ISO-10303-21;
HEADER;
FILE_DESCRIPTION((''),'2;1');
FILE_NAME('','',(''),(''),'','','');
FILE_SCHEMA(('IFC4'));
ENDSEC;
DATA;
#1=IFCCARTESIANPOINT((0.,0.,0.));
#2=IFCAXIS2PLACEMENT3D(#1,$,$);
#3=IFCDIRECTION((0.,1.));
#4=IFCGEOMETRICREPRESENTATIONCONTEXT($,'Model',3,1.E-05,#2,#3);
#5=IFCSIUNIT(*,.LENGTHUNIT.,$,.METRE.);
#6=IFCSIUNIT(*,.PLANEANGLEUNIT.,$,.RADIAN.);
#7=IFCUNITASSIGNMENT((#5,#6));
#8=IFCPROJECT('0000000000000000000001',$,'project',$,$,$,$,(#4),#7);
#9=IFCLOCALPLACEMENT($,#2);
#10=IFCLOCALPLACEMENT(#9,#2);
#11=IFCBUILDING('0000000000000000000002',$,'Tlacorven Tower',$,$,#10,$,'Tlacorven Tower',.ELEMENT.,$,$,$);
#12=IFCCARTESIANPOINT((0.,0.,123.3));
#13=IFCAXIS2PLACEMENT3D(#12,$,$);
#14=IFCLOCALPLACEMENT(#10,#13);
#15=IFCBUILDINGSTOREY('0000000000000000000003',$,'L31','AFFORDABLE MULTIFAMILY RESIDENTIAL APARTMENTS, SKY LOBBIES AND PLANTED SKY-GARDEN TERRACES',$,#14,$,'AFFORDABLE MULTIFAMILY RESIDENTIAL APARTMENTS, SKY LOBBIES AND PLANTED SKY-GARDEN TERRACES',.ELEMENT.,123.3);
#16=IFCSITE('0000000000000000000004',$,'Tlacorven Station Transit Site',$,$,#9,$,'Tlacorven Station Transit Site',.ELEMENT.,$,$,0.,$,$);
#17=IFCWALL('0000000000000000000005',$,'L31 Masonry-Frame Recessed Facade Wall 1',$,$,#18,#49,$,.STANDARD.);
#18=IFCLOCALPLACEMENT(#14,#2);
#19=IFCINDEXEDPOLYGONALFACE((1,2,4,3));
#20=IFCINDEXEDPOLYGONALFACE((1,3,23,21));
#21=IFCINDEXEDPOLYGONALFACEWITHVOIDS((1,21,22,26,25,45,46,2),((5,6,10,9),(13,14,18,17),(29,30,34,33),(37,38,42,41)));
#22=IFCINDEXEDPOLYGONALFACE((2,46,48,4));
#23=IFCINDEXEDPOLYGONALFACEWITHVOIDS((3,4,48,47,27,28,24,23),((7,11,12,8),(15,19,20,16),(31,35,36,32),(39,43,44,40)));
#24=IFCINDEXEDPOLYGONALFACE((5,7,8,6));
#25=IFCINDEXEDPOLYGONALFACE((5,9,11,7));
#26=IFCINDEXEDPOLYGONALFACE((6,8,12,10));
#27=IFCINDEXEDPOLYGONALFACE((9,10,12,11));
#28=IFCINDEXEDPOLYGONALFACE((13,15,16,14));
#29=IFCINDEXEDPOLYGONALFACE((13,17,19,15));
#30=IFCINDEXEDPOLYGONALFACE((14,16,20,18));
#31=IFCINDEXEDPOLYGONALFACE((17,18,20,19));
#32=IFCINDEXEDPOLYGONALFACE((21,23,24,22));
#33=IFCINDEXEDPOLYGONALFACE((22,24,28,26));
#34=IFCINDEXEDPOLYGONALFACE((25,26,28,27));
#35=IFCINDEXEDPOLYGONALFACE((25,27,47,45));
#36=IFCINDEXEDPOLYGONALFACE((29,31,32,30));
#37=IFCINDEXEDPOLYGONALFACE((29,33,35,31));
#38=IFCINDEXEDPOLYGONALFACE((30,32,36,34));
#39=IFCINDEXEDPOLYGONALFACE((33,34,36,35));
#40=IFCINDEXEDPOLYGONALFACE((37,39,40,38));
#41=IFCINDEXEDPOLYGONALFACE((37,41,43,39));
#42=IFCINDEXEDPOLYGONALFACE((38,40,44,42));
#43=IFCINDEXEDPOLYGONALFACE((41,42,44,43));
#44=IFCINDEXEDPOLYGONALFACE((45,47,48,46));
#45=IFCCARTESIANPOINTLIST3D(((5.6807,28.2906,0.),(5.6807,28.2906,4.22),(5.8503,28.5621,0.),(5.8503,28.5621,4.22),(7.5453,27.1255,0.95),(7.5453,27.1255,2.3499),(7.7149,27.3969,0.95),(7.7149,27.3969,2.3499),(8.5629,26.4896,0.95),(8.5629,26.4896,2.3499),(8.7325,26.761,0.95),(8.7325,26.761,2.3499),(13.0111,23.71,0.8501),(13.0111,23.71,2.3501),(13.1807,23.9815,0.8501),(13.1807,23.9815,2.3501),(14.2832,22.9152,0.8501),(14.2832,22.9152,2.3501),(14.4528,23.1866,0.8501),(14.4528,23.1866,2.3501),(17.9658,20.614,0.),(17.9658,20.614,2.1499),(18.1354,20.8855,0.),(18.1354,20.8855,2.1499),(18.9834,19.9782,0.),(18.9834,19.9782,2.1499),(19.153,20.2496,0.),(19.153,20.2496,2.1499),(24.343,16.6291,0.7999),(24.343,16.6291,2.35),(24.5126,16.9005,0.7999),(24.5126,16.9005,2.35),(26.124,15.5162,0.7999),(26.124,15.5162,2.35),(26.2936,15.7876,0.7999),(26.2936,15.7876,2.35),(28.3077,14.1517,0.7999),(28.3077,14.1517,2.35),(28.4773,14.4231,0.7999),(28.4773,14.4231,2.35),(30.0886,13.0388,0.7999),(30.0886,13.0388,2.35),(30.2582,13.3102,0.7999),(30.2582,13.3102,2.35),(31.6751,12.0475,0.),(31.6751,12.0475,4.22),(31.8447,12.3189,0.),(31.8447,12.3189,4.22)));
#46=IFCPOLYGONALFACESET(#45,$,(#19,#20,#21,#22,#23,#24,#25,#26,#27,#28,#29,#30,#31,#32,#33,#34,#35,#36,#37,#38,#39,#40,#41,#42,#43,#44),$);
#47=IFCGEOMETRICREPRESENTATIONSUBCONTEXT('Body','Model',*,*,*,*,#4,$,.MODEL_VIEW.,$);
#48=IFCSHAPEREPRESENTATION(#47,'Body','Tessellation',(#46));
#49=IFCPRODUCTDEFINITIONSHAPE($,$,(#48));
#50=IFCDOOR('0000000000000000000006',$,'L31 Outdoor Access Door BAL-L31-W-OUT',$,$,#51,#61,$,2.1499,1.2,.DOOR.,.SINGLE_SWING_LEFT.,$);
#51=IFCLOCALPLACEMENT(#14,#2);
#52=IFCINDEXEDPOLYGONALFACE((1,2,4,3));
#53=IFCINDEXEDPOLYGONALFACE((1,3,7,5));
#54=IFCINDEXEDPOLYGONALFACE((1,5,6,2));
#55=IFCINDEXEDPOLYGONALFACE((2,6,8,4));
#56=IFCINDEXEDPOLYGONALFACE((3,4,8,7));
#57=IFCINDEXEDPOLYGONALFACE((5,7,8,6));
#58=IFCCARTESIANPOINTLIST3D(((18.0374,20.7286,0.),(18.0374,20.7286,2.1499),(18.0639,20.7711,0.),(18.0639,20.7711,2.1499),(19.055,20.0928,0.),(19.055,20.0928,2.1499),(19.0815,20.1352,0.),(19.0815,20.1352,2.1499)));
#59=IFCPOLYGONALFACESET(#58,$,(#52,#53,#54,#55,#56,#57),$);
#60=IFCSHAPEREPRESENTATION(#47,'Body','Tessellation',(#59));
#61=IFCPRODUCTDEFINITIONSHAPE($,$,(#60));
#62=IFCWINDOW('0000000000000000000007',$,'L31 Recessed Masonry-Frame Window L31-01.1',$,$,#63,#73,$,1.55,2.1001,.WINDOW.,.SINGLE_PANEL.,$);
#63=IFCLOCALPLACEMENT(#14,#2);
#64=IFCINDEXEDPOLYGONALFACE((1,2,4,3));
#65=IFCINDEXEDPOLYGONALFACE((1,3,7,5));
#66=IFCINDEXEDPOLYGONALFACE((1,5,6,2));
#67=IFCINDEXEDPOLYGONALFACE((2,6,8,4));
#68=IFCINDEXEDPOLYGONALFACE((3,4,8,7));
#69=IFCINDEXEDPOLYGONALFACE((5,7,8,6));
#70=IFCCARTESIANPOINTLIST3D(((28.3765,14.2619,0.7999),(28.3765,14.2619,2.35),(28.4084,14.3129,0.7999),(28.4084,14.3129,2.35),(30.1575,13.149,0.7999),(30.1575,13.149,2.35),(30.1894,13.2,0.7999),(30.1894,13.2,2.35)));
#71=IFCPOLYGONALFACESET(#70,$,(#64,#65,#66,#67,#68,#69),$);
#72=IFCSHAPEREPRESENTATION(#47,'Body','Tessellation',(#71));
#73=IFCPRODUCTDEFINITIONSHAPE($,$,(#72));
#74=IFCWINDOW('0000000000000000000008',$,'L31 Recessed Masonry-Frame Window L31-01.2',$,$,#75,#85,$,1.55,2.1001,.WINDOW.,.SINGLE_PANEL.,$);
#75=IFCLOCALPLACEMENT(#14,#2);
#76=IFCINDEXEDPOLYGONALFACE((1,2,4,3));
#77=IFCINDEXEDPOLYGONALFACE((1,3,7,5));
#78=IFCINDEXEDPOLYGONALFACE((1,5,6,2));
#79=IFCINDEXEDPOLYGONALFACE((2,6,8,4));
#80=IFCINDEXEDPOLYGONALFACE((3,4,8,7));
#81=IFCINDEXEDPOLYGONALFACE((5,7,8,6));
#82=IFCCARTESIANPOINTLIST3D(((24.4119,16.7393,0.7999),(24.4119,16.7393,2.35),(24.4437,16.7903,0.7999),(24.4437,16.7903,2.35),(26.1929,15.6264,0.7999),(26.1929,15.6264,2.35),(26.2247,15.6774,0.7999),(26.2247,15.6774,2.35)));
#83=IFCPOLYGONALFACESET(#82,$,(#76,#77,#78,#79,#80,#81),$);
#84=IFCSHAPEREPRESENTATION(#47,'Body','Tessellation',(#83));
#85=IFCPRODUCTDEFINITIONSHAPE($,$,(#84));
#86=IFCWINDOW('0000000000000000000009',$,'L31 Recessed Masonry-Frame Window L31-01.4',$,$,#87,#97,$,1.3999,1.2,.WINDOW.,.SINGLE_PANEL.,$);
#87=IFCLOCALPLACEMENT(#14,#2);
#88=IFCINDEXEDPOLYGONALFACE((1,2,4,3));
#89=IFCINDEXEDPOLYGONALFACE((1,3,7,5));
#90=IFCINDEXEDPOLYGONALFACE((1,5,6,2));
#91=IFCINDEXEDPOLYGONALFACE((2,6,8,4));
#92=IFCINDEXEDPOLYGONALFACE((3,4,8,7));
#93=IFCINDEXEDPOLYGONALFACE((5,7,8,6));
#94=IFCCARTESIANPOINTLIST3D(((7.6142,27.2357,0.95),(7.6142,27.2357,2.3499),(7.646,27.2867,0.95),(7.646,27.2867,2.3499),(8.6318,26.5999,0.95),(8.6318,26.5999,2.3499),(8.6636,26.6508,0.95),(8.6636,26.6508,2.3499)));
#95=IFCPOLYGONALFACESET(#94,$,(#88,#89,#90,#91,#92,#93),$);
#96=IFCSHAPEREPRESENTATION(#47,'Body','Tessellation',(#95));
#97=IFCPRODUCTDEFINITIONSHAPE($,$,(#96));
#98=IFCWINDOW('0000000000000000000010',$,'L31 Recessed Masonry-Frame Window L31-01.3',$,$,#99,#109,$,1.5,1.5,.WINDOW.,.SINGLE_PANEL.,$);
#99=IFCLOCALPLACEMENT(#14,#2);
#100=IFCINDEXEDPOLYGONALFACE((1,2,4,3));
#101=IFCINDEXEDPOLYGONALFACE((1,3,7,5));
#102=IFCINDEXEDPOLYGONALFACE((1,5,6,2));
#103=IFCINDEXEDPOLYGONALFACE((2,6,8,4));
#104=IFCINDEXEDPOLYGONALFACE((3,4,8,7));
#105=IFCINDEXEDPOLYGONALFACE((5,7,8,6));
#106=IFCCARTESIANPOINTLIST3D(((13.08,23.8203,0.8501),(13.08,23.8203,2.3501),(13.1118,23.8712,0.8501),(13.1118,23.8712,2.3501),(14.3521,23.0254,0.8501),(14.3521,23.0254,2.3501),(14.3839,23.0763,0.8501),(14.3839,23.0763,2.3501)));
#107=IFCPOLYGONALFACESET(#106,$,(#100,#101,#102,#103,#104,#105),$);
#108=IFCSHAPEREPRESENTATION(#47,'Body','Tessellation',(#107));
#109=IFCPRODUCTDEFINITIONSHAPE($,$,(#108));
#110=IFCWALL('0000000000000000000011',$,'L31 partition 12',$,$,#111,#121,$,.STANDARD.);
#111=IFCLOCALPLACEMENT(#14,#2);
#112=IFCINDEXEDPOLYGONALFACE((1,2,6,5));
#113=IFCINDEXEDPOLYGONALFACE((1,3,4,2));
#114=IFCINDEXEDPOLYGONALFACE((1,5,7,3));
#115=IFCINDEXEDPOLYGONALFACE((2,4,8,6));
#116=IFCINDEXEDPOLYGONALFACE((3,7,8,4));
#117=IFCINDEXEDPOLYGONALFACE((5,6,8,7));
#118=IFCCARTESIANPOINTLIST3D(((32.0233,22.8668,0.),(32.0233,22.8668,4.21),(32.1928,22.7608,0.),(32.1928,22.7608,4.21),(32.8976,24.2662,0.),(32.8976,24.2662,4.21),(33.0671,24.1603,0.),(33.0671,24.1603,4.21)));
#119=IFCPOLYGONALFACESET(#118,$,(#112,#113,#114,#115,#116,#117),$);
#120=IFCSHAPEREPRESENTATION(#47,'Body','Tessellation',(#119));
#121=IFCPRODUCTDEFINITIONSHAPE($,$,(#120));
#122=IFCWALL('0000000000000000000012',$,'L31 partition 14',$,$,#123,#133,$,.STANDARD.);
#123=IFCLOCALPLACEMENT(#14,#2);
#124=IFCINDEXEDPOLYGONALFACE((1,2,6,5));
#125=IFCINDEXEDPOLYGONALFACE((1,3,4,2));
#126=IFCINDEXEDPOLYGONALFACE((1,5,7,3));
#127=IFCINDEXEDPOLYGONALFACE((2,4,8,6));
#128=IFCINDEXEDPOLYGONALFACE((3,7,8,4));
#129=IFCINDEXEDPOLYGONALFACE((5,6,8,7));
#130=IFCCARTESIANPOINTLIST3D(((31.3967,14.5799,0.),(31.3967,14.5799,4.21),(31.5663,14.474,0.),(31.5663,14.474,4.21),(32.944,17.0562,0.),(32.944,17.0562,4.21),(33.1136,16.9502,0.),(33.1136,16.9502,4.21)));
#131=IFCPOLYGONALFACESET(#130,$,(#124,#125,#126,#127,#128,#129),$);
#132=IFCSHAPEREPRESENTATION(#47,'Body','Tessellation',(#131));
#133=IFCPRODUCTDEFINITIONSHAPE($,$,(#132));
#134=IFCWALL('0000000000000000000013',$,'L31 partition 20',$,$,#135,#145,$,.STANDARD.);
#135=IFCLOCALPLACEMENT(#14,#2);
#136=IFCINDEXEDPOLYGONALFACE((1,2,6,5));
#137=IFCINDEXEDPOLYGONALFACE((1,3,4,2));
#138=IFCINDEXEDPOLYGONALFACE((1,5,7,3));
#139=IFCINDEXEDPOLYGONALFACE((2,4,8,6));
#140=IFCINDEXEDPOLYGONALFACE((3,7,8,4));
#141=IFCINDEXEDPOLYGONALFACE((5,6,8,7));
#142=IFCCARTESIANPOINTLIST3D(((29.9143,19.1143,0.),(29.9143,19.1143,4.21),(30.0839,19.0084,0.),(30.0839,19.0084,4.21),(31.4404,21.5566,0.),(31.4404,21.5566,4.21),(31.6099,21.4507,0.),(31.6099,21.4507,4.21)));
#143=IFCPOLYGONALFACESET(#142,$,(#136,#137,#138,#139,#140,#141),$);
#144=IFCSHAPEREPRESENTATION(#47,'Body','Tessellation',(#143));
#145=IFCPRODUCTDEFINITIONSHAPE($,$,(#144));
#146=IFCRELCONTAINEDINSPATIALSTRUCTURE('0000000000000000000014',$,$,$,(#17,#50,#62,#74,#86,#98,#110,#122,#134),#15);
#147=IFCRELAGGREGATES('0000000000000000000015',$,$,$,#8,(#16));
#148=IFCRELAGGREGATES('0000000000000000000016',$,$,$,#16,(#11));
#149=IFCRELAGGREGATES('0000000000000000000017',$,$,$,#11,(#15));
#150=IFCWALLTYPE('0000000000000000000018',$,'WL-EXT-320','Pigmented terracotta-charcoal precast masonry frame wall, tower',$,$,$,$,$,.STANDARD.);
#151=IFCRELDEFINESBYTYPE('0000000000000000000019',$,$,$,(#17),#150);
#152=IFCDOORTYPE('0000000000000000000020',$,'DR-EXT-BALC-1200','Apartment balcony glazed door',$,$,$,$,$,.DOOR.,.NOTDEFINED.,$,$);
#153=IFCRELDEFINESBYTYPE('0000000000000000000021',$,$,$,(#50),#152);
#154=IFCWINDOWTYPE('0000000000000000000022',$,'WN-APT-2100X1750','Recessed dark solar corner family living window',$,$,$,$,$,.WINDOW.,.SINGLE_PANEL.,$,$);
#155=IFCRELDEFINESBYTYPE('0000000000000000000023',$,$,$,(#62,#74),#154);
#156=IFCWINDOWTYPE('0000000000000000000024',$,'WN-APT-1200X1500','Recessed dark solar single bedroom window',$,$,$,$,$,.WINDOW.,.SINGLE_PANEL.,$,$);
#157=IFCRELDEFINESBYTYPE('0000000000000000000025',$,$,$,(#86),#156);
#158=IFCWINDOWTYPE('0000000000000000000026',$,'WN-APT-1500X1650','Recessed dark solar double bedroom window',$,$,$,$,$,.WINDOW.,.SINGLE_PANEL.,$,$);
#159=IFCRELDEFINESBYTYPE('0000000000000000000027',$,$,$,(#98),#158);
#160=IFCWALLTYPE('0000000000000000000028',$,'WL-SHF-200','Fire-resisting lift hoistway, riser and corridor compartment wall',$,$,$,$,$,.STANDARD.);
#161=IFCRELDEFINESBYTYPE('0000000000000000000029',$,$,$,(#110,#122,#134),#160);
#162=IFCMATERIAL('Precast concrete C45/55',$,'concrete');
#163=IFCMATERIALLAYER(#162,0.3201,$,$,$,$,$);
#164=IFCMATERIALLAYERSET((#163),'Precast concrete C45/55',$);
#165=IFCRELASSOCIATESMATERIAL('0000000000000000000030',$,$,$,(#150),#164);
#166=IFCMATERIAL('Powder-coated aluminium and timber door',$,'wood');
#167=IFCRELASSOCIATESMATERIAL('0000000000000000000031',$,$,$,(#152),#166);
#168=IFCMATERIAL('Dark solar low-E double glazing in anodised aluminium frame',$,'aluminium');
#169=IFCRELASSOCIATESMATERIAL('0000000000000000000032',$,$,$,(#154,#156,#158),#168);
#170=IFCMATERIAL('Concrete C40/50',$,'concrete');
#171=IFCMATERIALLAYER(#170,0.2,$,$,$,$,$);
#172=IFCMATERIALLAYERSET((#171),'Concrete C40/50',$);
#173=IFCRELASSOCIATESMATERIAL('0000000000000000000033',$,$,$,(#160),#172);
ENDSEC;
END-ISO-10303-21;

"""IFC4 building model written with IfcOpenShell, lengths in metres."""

from ifc_helpers import new_model, si_unit, direction, frame, frame_2d, origin, place, context, subcontext, project, spatial, rectangle, extrude, source, transform, mapped, material, layer, layer_set, type_object, element, fill, save


model = new_model("IFC4")

# Units and contexts
model_context = context("Model", 3, precision=1e-05, world=origin(), true_north=direction((0.0, 1.0)))
body_context = subcontext(model_context, "Body", "Model", "MODEL_VIEW")
ifc_project = project(units=[si_unit("LENGTHUNIT", "METRE"), si_unit("PLANEANGLEUNIT", "RADIAN")], contexts=[model_context])

# Site, building, storey
site_placement = place(None, origin())
site = spatial("IfcSite", under=ifc_project, at=site_placement, Name="Tlacorven Station Transit Site", LongName="Tlacorven Station Transit Site", CompositionType="ELEMENT", RefElevation=0.0)
building_placement = place(site_placement, origin())
building = spatial("IfcBuilding", under=site, at=building_placement, Name="Tlacorven Tower", LongName="Tlacorven Tower", CompositionType="ELEMENT")
storey_placement = place(building_placement, frame((0.0, 0.0, 123.3)))
storey = spatial("IfcBuildingStorey", under=building, at=storey_placement, Name="L31", Description="AFFORDABLE MULTIFAMILY RESIDENTIAL APARTMENTS, SKY LOBBIES AND PLANTED SKY-GARDEN TERRACES", LongName="AFFORDABLE MULTIFAMILY RESIDENTIAL APARTMENTS, SKY LOBBIES AND PLANTED SKY-GARDEN TERRACES", CompositionType="ELEMENT", Elevation=123.3)

# Wall, openings, door, windows
ifc_material_1 = material(Name="Precast concrete C45/55", Category="concrete")
ifc_layer_1 = layer(ifc_material_1, 0.3201)
ifc_layer_set_1 = layer_set([ifc_layer_1], Name="Precast concrete C45/55")
wall_type_1 = type_object("IfcWallType", Name="WL-EXT-320", Description="Pigmented terracotta-charcoal precast masonry frame wall, tower", PredefinedType="STANDARD", material=ifc_layer_set_1)
wall_1_placement = place(storey_placement, frame((31.76, 12.1831, 0.0), z_axis=(0.0, 0.0, 1.0), x_axis=(-0.848047, 0.529921, 0.0)))
wall_1 = element("IfcWall", 1, at=wall_1_placement, inside=storey, type_object=wall_type_1, Name="L31 Masonry-Frame Recessed Facade Wall 1", PredefinedType="STANDARD", context=body_context, shape_type="SweptSolid", body=[
    extrude(rectangle(XDim=30.6521, YDim=0.3201, at=frame_2d((15.3262, 0.0))), origin(), (0.0, 0.0, 1.0), 4.22),
])
opening_1_placement = place(wall_1_placement, frame((14.9658, 0.0, 0.0)))
opening_1 = element("IfcOpeningElement", 2, at=opening_1_placement, cuts=wall_1, PredefinedType="OPENING", context=body_context, shape_type="SweptSolid", body=[
    extrude(rectangle(XDim=1.2, YDim=2.1499, at=frame_2d((0.6001, 1.075))), frame((0.0, 0.1699, 0.0), z_axis=(0.0, -1.0, 0.0), x_axis=(1.0, 0.0, 0.0)), (0.0, 0.0, 1.0), 0.3401),
])
opening_2_placement = place(wall_1_placement, frame((1.8708, 0.0, 0.8)))
opening_2 = element("IfcOpeningElement", 3, at=opening_2_placement, cuts=wall_1, PredefinedType="OPENING", context=body_context, shape_type="SweptSolid", body=[
    extrude(rectangle(XDim=2.1001, YDim=1.55, at=frame_2d((1.05, 0.7749))), frame((0.0, 0.1699, 0.0), z_axis=(0.0, -1.0, 0.0), x_axis=(1.0, 0.0, 0.0)), (0.0, 0.0, 1.0), 0.3401),
])
opening_3_placement = place(wall_1_placement, frame((6.5459, 0.0, 0.8)))
opening_3 = element("IfcOpeningElement", 4, at=opening_3_placement, cuts=wall_1, PredefinedType="OPENING", context=body_context, shape_type="SweptSolid", body=[
    extrude(rectangle(XDim=2.1001, YDim=1.55, at=frame_2d((1.05, 0.7749))), frame((0.0, 0.1699, 0.0), z_axis=(0.0, -1.0, 0.0), x_axis=(1.0, 0.0, 0.0)), (0.0, 0.0, 1.0), 0.3401),
])
opening_4_placement = place(wall_1_placement, frame((20.5083, 0.0, 0.8501)))
opening_4 = element("IfcOpeningElement", 5, at=opening_4_placement, cuts=wall_1, PredefinedType="OPENING", context=body_context, shape_type="SweptSolid", body=[
    extrude(rectangle(XDim=1.5, YDim=1.5, at=frame_2d((0.75, 0.75))), frame((0.0, 0.1699, 0.0), z_axis=(0.0, -1.0, 0.0), x_axis=(1.0, 0.0, 0.0)), (0.0, 0.0, 1.0), 0.3401),
])
opening_5_placement = place(wall_1_placement, frame((27.2534, 0.0, 0.95)))
opening_5 = element("IfcOpeningElement", 6, at=opening_5_placement, cuts=wall_1, PredefinedType="OPENING", context=body_context, shape_type="SweptSolid", body=[
    extrude(rectangle(XDim=1.2, YDim=1.3999, at=frame_2d((0.6001, 0.7))), frame((0.0, 0.1699, 0.0), z_axis=(0.0, -1.0, 0.0), x_axis=(1.0, 0.0, 0.0)), (0.0, 0.0, 1.0), 0.3401),
])
ifc_material_2 = material(Name="Powder-coated aluminium and timber door", Category="wood")
door_type_1 = type_object("IfcDoorType", Name="DR-EXT-BALC-1200", Description="Apartment balcony glazed door", OperationType="NOTDEFINED", PredefinedType="DOOR", material=ifc_material_2)
shared_shape_1 = source(origin(), body_context, "Body", "SweptSolid", [
    extrude(rectangle(XDim=1.2, YDim=2.1499, at=frame_2d((0.6001, 1.075))), frame((0.0, 0.0249, 0.0), z_axis=(0.0, -1.0, 0.0), x_axis=(1.0, 0.0, 0.0)), (0.0, 0.0, 1.0), 0.05),
])
door_1_placement = place(opening_1_placement, origin())
door_1 = element("IfcDoor", 7, at=door_1_placement, inside=storey, type_object=door_type_1, Name="L31 Outdoor Access Door BAL-L31-W-OUT", OperationType="SINGLE_SWING_LEFT", OverallHeight=2.1499, OverallWidth=1.2, PredefinedType="DOOR", context=body_context, shape_type="MappedRepresentation", body=[
    mapped(shared_shape_1, transform((0.0, 0.0, 0.0), scale=1.0)),
])
fill(opening_1, door_1)
ifc_material_3 = material(Name="Dark solar low-E double glazing in anodised aluminium frame", Category="aluminium")
window_type_1 = type_object("IfcWindowType", Name="WN-APT-2100X1750", Description="Recessed dark solar corner family living window", PartitioningType="SINGLE_PANEL", PredefinedType="WINDOW", material=ifc_material_3)
shared_shape_2 = source(origin(), body_context, "Body", "SweptSolid", [
    extrude(rectangle(XDim=2.1001, YDim=1.55, at=frame_2d((1.05, 0.7749))), frame((0.0, 0.03, 0.0), z_axis=(0.0, -1.0, 0.0), x_axis=(1.0, 0.0, 0.0)), (0.0, 0.0, 1.0), 0.0601),
])
window_1_placement = place(opening_2_placement, origin())
window_1 = element("IfcWindow", 8, at=window_1_placement, inside=storey, type_object=window_type_1, Name="L31 Recessed Masonry-Frame Window L31-01.1", OverallHeight=1.55, OverallWidth=2.1001, PartitioningType="SINGLE_PANEL", PredefinedType="WINDOW", context=body_context, shape_type="MappedRepresentation", body=[
    mapped(shared_shape_2, transform((0.0, 0.0, 0.0), scale=1.0)),
])
fill(opening_2, window_1)
window_2_placement = place(opening_3_placement, origin())
window_2 = element("IfcWindow", 9, at=window_2_placement, inside=storey, type_object=window_type_1, Name="L31 Recessed Masonry-Frame Window L31-01.2", OverallHeight=1.55, OverallWidth=2.1001, PartitioningType="SINGLE_PANEL", PredefinedType="WINDOW", context=body_context, shape_type="MappedRepresentation", body=[
    mapped(shared_shape_2, transform((0.0, 0.0, 0.0), scale=1.0)),
])
fill(opening_3, window_2)
window_type_2 = type_object("IfcWindowType", Name="WN-APT-1200X1500", Description="Recessed dark solar single bedroom window", PartitioningType="SINGLE_PANEL", PredefinedType="WINDOW", material=ifc_material_3)
shared_shape_3 = source(origin(), body_context, "Body", "SweptSolid", [
    extrude(rectangle(XDim=1.2, YDim=1.3999, at=frame_2d((0.6001, 0.7))), frame((0.0, 0.03, 0.0), z_axis=(0.0, -1.0, 0.0), x_axis=(1.0, 0.0, 0.0)), (0.0, 0.0, 1.0), 0.0601),
])
window_3_placement = place(opening_5_placement, origin())
window_3 = element("IfcWindow", 10, at=window_3_placement, inside=storey, type_object=window_type_2, Name="L31 Recessed Masonry-Frame Window L31-01.4", OverallHeight=1.3999, OverallWidth=1.2, PartitioningType="SINGLE_PANEL", PredefinedType="WINDOW", context=body_context, shape_type="MappedRepresentation", body=[
    mapped(shared_shape_3, transform((0.0, 0.0, 0.0), scale=1.0)),
])
fill(opening_5, window_3)
window_type_3 = type_object("IfcWindowType", Name="WN-APT-1500X1650", Description="Recessed dark solar double bedroom window", PartitioningType="SINGLE_PANEL", PredefinedType="WINDOW", material=ifc_material_3)
shared_shape_4 = source(origin(), body_context, "Body", "SweptSolid", [
    extrude(rectangle(XDim=1.5, YDim=1.5, at=frame_2d((0.75, 0.75))), frame((0.0, 0.03, 0.0), z_axis=(0.0, -1.0, 0.0), x_axis=(1.0, 0.0, 0.0)), (0.0, 0.0, 1.0), 0.0601),
])
window_4_placement = place(opening_4_placement, origin())
window_4 = element("IfcWindow", 11, at=window_4_placement, inside=storey, type_object=window_type_3, Name="L31 Recessed Masonry-Frame Window L31-01.3", OverallHeight=1.5, OverallWidth=1.5, PartitioningType="SINGLE_PANEL", PredefinedType="WINDOW", context=body_context, shape_type="MappedRepresentation", body=[
    mapped(shared_shape_4, transform((0.0, 0.0, 0.0), scale=1.0)),
])
fill(opening_4, window_4)

# Shared definitions
ifc_material_4 = material(Name="Concrete C40/50", Category="concrete")
ifc_layer_2 = layer(ifc_material_4, 0.2)
ifc_layer_set_2 = layer_set([ifc_layer_2], Name="Concrete C40/50")
wall_type_2 = type_object("IfcWallType", Name="WL-SHF-200", Description="Fire-resisting lift hoistway, riser and corridor compartment wall", PredefinedType="STANDARD", material=ifc_layer_set_2)

# Walls
wall_2_placement = place(storey_placement, frame((32.9824, 24.2134, 0.0), z_axis=(0.0, 0.0, 1.0), x_axis=(-0.529839, -0.848098, 0.0)))
element("IfcWall", 12, at=wall_2_placement, inside=storey, type_object=wall_type_2, Name="L31 partition 12", PredefinedType="STANDARD", context=body_context, shape_type="SweptSolid", body=[
    extrude(rectangle(XDim=1.6501, YDim=0.2, at=frame_2d((0.8252, 0.0))), origin(), (0.0, 0.0, 1.0), 4.21),
])
wall_3_placement = place(storey_placement, frame((33.0288, 17.0032, 0.0), z_axis=(0.0, 0.0, 1.0), x_axis=(-0.529916, -0.84805, 0.0)))
element("IfcWall", 13, at=wall_3_placement, inside=storey, type_object=wall_type_2, Name="L31 partition 14", PredefinedType="STANDARD", context=body_context, shape_type="SweptSolid", body=[
    extrude(rectangle(XDim=2.9199, YDim=0.2, at=frame_2d((1.46, 0.0))), origin(), (0.0, 0.0, 1.0), 4.21),
])
wall_4_placement = place(storey_placement, frame((31.5251, 21.5037, 0.0), z_axis=(0.0, 0.0, 1.0), x_axis=(-0.529907, -0.848055, 0.0)))
element("IfcWall", 14, at=wall_4_placement, inside=storey, type_object=wall_type_2, Name="L31 partition 20", PredefinedType="STANDARD", context=body_context, shape_type="SweptSolid", body=[
    extrude(rectangle(XDim=2.8799, YDim=0.2, at=frame_2d((1.4399, 0.0))), origin(), (0.0, 0.0, 1.0), 4.21),
])

save(model, "model.ifc")
